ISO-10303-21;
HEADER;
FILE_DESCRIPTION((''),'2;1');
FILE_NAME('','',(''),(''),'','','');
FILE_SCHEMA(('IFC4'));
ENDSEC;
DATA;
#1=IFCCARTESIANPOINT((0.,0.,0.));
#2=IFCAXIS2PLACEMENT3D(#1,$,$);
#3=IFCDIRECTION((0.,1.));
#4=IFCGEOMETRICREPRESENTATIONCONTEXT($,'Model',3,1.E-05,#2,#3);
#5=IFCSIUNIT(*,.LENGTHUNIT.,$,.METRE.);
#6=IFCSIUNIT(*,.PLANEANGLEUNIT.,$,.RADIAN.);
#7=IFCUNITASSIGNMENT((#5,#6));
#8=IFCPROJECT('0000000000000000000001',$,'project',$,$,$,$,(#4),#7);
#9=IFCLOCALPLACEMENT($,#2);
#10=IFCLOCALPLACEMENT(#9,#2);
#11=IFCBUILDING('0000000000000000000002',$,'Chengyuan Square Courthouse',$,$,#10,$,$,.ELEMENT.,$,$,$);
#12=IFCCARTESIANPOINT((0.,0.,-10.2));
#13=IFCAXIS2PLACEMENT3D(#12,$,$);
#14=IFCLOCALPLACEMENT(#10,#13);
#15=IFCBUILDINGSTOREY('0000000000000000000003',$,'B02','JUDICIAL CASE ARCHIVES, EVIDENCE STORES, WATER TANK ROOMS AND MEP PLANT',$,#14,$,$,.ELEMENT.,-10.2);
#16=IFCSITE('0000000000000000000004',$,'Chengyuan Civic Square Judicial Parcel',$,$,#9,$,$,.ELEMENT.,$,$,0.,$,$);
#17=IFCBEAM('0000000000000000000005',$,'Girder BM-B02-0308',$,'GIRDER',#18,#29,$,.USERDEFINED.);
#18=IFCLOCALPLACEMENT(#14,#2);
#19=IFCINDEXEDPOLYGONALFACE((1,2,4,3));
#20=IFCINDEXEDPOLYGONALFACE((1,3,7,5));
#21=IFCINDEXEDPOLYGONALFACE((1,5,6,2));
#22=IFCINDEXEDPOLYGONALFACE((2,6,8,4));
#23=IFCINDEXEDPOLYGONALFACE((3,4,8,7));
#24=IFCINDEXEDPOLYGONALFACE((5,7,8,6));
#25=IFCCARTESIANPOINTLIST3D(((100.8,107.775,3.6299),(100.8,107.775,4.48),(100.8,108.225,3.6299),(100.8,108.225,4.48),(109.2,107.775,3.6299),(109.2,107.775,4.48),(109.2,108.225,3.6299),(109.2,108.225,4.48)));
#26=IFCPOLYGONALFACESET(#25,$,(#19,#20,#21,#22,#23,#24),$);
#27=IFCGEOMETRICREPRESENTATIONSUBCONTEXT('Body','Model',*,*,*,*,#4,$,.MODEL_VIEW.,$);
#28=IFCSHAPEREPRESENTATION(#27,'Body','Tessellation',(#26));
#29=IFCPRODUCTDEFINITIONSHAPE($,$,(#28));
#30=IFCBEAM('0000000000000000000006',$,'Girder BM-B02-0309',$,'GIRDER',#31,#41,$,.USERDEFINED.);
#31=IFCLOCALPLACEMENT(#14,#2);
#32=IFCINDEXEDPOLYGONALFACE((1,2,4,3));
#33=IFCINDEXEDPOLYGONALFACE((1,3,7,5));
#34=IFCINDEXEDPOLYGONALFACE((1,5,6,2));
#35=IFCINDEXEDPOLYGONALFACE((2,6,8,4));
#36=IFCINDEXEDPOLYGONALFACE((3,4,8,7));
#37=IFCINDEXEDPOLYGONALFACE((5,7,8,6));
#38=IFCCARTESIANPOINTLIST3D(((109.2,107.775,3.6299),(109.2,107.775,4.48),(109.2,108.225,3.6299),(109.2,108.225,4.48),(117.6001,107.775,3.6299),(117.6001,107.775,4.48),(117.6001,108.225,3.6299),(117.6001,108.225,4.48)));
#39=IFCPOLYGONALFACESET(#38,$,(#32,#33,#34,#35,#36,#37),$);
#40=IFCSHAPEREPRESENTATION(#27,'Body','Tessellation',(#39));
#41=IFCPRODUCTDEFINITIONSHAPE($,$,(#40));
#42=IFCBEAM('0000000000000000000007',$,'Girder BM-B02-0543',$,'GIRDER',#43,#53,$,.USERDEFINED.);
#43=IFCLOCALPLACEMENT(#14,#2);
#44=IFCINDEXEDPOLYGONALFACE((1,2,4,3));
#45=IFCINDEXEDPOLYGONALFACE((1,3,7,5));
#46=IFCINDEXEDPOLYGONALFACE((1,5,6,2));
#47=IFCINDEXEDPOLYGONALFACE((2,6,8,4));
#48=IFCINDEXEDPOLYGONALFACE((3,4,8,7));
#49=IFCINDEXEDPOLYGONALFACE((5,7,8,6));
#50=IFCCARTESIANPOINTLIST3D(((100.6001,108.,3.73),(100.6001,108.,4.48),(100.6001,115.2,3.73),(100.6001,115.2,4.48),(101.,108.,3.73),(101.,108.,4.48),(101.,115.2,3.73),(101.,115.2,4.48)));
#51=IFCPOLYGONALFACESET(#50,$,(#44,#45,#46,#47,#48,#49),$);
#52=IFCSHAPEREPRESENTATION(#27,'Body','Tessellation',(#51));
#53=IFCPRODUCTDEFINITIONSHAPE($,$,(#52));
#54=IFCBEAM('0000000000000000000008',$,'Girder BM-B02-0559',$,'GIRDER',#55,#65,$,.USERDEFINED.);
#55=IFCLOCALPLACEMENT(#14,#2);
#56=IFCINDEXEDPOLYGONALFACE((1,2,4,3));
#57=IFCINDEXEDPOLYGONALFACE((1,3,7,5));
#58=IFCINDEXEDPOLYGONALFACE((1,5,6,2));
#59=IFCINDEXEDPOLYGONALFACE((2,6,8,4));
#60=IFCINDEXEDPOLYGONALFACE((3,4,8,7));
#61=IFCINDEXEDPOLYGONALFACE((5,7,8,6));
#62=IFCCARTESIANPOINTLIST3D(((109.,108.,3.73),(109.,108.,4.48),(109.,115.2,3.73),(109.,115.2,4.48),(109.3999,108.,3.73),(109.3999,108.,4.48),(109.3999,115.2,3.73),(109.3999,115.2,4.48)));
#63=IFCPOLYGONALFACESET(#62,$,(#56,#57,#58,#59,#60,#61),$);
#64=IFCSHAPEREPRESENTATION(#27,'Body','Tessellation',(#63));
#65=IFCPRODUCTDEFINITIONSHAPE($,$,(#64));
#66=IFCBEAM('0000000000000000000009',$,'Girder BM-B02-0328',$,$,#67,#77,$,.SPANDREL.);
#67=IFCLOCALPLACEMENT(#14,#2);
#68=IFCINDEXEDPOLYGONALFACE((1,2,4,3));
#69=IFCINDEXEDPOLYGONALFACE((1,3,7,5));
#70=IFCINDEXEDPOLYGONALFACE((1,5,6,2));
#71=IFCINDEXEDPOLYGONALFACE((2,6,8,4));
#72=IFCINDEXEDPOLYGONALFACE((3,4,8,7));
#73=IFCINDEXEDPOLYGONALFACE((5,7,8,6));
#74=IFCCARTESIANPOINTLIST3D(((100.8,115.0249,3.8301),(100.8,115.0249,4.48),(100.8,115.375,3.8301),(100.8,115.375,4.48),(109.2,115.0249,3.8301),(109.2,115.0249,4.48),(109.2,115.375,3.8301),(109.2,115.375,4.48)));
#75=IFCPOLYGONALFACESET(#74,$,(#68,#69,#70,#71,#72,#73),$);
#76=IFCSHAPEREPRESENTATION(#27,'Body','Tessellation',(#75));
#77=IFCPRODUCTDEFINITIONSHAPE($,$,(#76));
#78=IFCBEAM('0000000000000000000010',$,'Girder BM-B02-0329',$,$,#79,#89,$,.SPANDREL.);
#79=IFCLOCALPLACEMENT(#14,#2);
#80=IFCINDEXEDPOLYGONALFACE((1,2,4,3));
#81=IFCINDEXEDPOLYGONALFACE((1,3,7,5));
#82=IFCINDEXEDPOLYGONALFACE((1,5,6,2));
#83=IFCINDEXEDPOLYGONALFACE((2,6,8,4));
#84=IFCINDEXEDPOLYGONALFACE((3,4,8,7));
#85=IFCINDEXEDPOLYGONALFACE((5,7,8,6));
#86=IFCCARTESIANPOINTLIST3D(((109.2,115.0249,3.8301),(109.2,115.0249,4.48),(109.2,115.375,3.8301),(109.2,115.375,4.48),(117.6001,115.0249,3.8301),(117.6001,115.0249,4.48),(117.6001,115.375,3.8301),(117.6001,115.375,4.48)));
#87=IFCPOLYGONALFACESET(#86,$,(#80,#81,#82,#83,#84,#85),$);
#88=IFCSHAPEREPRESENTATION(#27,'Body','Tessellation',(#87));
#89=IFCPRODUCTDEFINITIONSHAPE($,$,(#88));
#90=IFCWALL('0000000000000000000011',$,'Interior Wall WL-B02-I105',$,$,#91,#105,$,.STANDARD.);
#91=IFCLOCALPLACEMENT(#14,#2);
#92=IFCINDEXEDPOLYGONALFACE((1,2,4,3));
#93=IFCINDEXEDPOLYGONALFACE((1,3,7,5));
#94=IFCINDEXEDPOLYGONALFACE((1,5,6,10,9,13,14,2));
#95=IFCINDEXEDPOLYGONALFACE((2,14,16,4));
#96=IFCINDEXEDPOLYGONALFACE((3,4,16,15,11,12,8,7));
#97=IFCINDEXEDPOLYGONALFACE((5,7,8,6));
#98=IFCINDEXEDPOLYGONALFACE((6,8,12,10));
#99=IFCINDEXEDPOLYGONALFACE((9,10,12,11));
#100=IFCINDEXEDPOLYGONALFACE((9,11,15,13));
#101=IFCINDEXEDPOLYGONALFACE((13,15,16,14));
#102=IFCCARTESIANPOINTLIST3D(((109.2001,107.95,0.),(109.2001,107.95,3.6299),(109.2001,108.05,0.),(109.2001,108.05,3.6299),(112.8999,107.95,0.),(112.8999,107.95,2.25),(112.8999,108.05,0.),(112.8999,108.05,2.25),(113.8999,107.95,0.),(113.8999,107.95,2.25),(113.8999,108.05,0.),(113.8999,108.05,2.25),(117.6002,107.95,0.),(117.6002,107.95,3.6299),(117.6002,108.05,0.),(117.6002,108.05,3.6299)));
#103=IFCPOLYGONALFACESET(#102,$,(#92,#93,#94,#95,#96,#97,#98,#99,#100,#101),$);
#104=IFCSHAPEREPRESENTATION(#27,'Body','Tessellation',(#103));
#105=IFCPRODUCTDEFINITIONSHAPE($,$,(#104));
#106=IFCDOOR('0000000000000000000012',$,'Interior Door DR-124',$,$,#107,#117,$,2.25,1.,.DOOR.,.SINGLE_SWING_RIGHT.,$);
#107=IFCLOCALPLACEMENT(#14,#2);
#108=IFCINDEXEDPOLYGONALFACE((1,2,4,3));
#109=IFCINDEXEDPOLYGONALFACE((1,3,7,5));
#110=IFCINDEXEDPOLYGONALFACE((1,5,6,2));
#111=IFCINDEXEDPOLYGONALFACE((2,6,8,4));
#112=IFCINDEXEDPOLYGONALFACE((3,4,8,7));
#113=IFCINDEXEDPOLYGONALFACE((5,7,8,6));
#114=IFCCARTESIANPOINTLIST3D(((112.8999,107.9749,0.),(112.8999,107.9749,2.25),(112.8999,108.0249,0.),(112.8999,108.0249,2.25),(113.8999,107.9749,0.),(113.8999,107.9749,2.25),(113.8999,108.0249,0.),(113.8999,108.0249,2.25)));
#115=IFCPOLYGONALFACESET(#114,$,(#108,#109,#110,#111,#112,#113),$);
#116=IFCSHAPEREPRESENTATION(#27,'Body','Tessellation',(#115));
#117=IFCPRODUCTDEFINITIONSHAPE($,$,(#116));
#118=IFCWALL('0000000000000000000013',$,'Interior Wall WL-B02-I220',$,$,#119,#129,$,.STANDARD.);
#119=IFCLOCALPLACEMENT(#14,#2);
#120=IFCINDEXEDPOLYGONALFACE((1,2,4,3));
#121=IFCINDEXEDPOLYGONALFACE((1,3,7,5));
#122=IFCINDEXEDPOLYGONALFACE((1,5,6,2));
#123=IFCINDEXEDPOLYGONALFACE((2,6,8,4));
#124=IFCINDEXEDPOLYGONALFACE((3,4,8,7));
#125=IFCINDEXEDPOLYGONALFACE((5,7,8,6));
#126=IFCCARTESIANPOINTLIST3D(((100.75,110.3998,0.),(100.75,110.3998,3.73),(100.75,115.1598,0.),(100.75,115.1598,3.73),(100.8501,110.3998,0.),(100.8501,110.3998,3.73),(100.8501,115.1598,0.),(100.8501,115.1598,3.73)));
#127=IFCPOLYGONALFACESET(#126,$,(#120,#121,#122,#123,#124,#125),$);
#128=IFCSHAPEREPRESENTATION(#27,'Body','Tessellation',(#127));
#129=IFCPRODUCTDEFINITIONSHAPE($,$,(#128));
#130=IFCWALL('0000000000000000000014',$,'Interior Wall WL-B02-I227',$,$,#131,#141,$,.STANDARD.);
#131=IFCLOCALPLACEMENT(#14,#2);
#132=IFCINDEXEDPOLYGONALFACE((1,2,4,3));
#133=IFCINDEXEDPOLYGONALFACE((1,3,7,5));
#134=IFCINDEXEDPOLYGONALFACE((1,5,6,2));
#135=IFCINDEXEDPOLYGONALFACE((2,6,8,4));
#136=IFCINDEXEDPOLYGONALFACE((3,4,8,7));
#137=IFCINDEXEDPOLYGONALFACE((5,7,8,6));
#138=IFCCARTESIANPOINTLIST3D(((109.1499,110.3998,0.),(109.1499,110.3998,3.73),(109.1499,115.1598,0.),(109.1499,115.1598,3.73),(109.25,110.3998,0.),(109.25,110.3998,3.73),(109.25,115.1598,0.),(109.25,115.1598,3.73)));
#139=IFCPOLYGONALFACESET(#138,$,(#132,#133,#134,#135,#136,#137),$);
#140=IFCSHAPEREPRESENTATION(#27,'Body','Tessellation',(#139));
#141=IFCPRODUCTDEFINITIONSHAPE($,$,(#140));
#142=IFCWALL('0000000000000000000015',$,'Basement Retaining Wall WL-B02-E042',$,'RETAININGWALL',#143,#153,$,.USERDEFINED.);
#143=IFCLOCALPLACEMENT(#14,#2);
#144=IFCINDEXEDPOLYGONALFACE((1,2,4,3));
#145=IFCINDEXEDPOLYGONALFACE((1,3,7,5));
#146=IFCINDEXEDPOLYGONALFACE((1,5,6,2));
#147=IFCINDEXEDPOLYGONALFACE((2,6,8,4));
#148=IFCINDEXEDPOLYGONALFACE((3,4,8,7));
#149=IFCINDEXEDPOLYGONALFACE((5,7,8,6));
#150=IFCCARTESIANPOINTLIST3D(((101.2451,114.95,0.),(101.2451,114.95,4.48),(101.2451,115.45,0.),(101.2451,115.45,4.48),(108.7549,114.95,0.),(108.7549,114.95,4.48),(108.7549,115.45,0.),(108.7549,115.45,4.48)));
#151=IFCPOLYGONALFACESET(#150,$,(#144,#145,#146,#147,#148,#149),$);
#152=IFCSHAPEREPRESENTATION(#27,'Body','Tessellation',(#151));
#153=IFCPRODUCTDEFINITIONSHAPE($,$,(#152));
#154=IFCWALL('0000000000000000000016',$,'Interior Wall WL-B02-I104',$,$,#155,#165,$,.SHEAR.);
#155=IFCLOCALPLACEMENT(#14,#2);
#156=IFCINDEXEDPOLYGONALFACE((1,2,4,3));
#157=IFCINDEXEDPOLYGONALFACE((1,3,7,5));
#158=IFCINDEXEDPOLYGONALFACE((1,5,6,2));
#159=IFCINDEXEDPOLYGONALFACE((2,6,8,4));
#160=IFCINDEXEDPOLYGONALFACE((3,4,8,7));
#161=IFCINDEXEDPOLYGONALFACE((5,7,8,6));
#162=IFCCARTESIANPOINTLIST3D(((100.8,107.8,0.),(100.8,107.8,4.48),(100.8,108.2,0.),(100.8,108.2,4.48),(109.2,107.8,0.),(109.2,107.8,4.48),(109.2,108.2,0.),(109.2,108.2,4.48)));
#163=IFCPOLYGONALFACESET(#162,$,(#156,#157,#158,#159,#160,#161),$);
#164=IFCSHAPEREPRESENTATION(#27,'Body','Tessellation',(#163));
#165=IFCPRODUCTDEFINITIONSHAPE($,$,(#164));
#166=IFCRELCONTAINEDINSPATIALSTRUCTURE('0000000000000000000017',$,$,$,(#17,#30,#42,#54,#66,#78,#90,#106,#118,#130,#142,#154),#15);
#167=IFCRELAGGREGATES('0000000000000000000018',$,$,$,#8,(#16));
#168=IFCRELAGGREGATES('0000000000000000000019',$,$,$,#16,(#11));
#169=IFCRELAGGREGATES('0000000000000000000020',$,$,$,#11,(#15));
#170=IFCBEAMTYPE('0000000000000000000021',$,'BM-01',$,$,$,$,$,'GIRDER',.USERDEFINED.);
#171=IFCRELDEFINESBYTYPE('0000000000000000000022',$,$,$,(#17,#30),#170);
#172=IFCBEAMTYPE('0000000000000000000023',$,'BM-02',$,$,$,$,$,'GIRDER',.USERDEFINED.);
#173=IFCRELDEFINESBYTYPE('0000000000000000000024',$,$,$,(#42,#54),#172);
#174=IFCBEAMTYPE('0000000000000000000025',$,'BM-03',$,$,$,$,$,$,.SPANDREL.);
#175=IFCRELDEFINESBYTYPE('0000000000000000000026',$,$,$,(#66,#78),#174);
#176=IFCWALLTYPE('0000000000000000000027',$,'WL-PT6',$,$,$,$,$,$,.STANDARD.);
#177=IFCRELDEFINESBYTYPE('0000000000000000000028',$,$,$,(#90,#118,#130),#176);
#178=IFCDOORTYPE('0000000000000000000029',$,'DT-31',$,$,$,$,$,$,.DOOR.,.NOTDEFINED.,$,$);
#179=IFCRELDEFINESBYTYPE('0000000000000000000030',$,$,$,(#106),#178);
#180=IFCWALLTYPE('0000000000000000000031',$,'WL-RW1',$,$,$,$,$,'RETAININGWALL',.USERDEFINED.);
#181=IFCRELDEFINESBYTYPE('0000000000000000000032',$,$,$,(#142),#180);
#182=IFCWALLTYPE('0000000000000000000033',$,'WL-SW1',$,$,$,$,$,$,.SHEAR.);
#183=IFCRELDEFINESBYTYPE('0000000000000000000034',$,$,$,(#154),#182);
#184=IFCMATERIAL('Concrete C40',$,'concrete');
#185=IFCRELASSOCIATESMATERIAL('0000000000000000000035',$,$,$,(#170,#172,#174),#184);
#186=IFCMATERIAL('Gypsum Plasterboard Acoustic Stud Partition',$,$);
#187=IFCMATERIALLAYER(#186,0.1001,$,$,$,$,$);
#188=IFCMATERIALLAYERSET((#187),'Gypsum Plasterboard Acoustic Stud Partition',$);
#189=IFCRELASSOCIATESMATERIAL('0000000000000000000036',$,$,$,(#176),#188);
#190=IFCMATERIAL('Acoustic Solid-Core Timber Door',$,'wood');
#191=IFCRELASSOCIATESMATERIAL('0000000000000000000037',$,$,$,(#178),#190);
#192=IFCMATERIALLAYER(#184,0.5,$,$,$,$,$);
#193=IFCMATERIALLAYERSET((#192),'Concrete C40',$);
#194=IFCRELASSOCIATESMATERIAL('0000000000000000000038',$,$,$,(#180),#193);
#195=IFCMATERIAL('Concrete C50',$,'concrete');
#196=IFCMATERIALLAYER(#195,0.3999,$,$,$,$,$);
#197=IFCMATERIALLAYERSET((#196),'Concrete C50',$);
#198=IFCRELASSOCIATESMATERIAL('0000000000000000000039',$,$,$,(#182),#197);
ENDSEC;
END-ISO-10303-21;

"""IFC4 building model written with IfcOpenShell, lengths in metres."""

from ifc_helpers import new_model, si_unit, direction, frame, frame_2d, origin, origin_2d, place, context, subcontext, project, spatial, rectangle, extrude, material, layer, layer_set, material_profile, profile_set, type_object, element, fill, save


model = new_model("IFC4")

# Units and contexts
model_context = context("Model", 3, precision=1e-05, world=origin(), true_north=direction((0.0, 1.0)))
body_context = subcontext(model_context, "Body", "Model", "MODEL_VIEW")
ifc_project = project(units=[si_unit("LENGTHUNIT", "METRE"), si_unit("PLANEANGLEUNIT", "RADIAN")], contexts=[model_context])

# Site, building, storey
site_placement = place(None, origin())
site = spatial("IfcSite", under=ifc_project, at=site_placement, Name="Chengyuan Civic Square Judicial Parcel", CompositionType="ELEMENT", RefElevation=0.0)
building_placement = place(site_placement, origin())
building = spatial("IfcBuilding", under=site, at=building_placement, Name="Chengyuan Square Courthouse", CompositionType="ELEMENT")
storey_placement = place(building_placement, frame((0.0, 0.0, -10.2)))
storey = spatial("IfcBuildingStorey", under=building, at=storey_placement, Name="B02", Description="JUDICIAL CASE ARCHIVES, EVIDENCE STORES, WATER TANK ROOMS AND MEP PLANT", CompositionType="ELEMENT", Elevation=-10.2)

# Shared definitions
ifc_material_1 = material(Name="Concrete C40", Category="concrete")

# Shared definitions
ifc_material_2 = material(Name="Concrete C50", Category="concrete")

# Beams
ifc_material_profile_1 = material_profile(ifc_material_1, rectangle(XDim=0.45, YDim=0.8501, at=origin_2d()), Name="RC-BM-450x850")
ifc_profile_set_1 = profile_set([ifc_material_profile_1], Name="Concrete C40")
beam_type_1 = type_object("IfcBeamType", Name="BM-01", ElementType="GIRDER", PredefinedType="USERDEFINED", material=ifc_profile_set_1)
beam_1_placement = place(storey_placement, frame((100.8, 108.0, 4.0549), z_axis=(1.0, 0.0, 0.0), x_axis=(0.0, 1.0, 0.0)))
element("IfcBeam", 1, at=beam_1_placement, inside=storey, type_object=beam_type_1, Name="Girder BM-B02-0308", ObjectType="GIRDER", PredefinedType="USERDEFINED", context=body_context, shape_type="SweptSolid", body=[
    extrude(rectangle(XDim=0.45, YDim=0.8501, at=origin_2d()), origin(), (0.0, 0.0, 1.0), 8.3999),
])
beam_2_placement = place(storey_placement, frame((109.2, 108.0, 4.0549), z_axis=(1.0, 0.0, 0.0), x_axis=(0.0, 1.0, 0.0)))
element("IfcBeam", 2, at=beam_2_placement, inside=storey, type_object=beam_type_1, Name="Girder BM-B02-0309", ObjectType="GIRDER", PredefinedType="USERDEFINED", context=body_context, shape_type="SweptSolid", body=[
    extrude(rectangle(XDim=0.45, YDim=0.8501, at=origin_2d()), origin(), (0.0, 0.0, 1.0), 8.4001),
])
ifc_material_profile_2 = material_profile(ifc_material_1, rectangle(XDim=0.3999, YDim=0.75, at=origin_2d()), Name="RC-BM-400x750")
ifc_profile_set_2 = profile_set([ifc_material_profile_2], Name="Concrete C40")
beam_type_2 = type_object("IfcBeamType", Name="BM-02", ElementType="GIRDER", PredefinedType="USERDEFINED", material=ifc_profile_set_2)
for number, where, z_axis, x_axis, name in (
    (3, (100.8, 108.0, 4.105), (0.0, 1.0, 0.0), (-1.0, 0.0, 0.0), "Girder BM-B02-0543"),
    (4, (109.2, 108.0, 4.105), (0.0, 1.0, 0.0), (-1.0, 0.0, 0.0), "Girder BM-B02-0559"),
):
    element("IfcBeam", number, at=place(storey_placement, frame(where, z_axis=z_axis, x_axis=x_axis)), inside=storey, type_object=beam_type_2, Name=name, ObjectType="GIRDER", PredefinedType="USERDEFINED", context=body_context, shape_type="SweptSolid", body=[
        extrude(rectangle(XDim=0.3999, YDim=0.75, at=origin_2d()), origin(), (0.0, 0.0, 1.0), 7.2),
    ])
ifc_material_profile_3 = material_profile(ifc_material_1, rectangle(XDim=0.3501, YDim=0.6499, at=origin_2d()), Name="RC-BM-350x650")
ifc_profile_set_3 = profile_set([ifc_material_profile_3], Name="Concrete C40")
beam_type_3 = type_object("IfcBeamType", Name="BM-03", PredefinedType="SPANDREL", material=ifc_profile_set_3)
beam_3_placement = place(storey_placement, frame((100.8, 115.2, 4.155), z_axis=(1.0, 0.0, 0.0), x_axis=(0.0, 1.0, 0.0)))
element("IfcBeam", 5, at=beam_3_placement, inside=storey, type_object=beam_type_3, Name="Girder BM-B02-0328", PredefinedType="SPANDREL", context=body_context, shape_type="SweptSolid", body=[
    extrude(rectangle(XDim=0.3501, YDim=0.6499, at=origin_2d()), origin(), (0.0, 0.0, 1.0), 8.3999),
])
beam_4_placement = place(storey_placement, frame((109.2, 115.2, 4.155), z_axis=(1.0, 0.0, 0.0), x_axis=(0.0, 1.0, 0.0)))
element("IfcBeam", 6, at=beam_4_placement, inside=storey, type_object=beam_type_3, Name="Girder BM-B02-0329", PredefinedType="SPANDREL", context=body_context, shape_type="SweptSolid", body=[
    extrude(rectangle(XDim=0.3501, YDim=0.6499, at=origin_2d()), origin(), (0.0, 0.0, 1.0), 8.4001),
])

# Wall, opening, door
ifc_material_3 = material(Name="Gypsum Plasterboard Acoustic Stud Partition")
ifc_layer_1 = layer(ifc_material_3, 0.1001)
ifc_layer_set_1 = layer_set([ifc_layer_1], Name="Gypsum Plasterboard Acoustic Stud Partition")
wall_type_1 = type_object("IfcWallType", Name="WL-PT6", PredefinedType="STANDARD", material=ifc_layer_set_1)
wall_1_placement = place(storey_placement, frame((109.2, 108.0, 0.0), z_axis=(0.0, 0.0, 1.0), x_axis=(1.0, 0.0, 0.0)))
wall_1 = element("IfcWall", 7, at=wall_1_placement, inside=storey, type_object=wall_type_1, Name="Interior Wall WL-B02-I105", PredefinedType="STANDARD", context=body_context, shape_type="SweptSolid", body=[
    extrude(rectangle(XDim=8.4001, YDim=0.1001, at=frame_2d((4.2002, 0.0))), origin(), (0.0, 0.0, 1.0), 3.6299),
])
opening_placement = place(wall_1_placement, frame((3.7, 0.0, 0.0)))
opening = element("IfcOpeningElement", 8, at=opening_placement, cuts=wall_1, PredefinedType="OPENING", context=body_context, shape_type="SweptSolid", body=[
    extrude(rectangle(XDim=1.0, YDim=2.25, at=frame_2d((0.5, 1.125))), frame((0.0, 0.062, 0.0), z_axis=(0.0, -1.0, 0.0), x_axis=(1.0, 0.0, 0.0)), (0.0, 0.0, 1.0), 0.124),
])
ifc_material_4 = material(Name="Acoustic Solid-Core Timber Door", Category="wood")
door_type = type_object("IfcDoorType", Name="DT-31", OperationType="NOTDEFINED", PredefinedType="DOOR", material=ifc_material_4)
door_placement = place(opening_placement, origin())
door = element("IfcDoor", 9, at=door_placement, inside=storey, type_object=door_type, Name="Interior Door DR-124", OperationType="SINGLE_SWING_RIGHT", OverallHeight=2.25, OverallWidth=1.0, PredefinedType="DOOR", context=body_context, shape_type="SweptSolid", body=[
    extrude(rectangle(XDim=1.0, YDim=2.25, at=frame_2d((0.5, 1.125))), frame((0.0, 0.0249, 0.0), z_axis=(0.0, -1.0, 0.0), x_axis=(1.0, 0.0, 0.0)), (0.0, 0.0, 1.0), 0.05),
])
fill(opening, door)

# Walls
for number, where, z_axis, x_axis, name in (
    (10, (100.8, 110.3999, 0.0), (0.0, 0.0, 1.0), (0.0, 1.0, 0.0), "Interior Wall WL-B02-I220"),
    (11, (109.2, 110.3999, 0.0), (0.0, 0.0, 1.0), (0.0, 1.0, 0.0), "Interior Wall WL-B02-I227"),
):
    element("IfcWall", number, at=place(storey_placement, frame(where, z_axis=z_axis, x_axis=x_axis)), inside=storey, type_object=wall_type_1, Name=name, PredefinedType="STANDARD", context=body_context, shape_type="SweptSolid", body=[
        extrude(rectangle(XDim=4.76, YDim=0.1001, at=frame_2d((2.3799, 0.0))), origin(), (0.0, 0.0, 1.0), 3.73),
    ])
ifc_layer_2 = layer(ifc_material_1, 0.5)
ifc_layer_set_2 = layer_set([ifc_layer_2], Name="Concrete C40")
wall_type_2 = type_object("IfcWallType", Name="WL-RW1", ElementType="RETAININGWALL", PredefinedType="USERDEFINED", material=ifc_layer_set_2)
wall_2_placement = place(storey_placement, frame((101.2451, 115.2, 0.0), z_axis=(0.0, 0.0, 1.0), x_axis=(1.0, 0.0, 0.0)))
element("IfcWall", 12, at=wall_2_placement, inside=storey, type_object=wall_type_2, Name="Basement Retaining Wall WL-B02-E042", ObjectType="RETAININGWALL", PredefinedType="USERDEFINED", context=body_context, shape_type="SweptSolid", body=[
    extrude(rectangle(XDim=7.5098, YDim=0.5, at=frame_2d((3.7549, 0.0))), origin(), (0.0, 0.0, 1.0), 4.48),
])
ifc_layer_3 = layer(ifc_material_2, 0.3999)
ifc_layer_set_3 = layer_set([ifc_layer_3], Name="Concrete C50")
wall_type_3 = type_object("IfcWallType", Name="WL-SW1", PredefinedType="SHEAR", material=ifc_layer_set_3)
wall_3_placement = place(storey_placement, frame((100.8, 108.0, 0.0), z_axis=(0.0, 0.0, 1.0), x_axis=(1.0, 0.0, 0.0)))
element("IfcWall", 13, at=wall_3_placement, inside=storey, type_object=wall_type_3, Name="Interior Wall WL-B02-I104", PredefinedType="SHEAR", context=body_context, shape_type="SweptSolid", body=[
    extrude(rectangle(XDim=8.3999, YDim=0.3999, at=frame_2d((4.2, 0.0))), origin(), (0.0, 0.0, 1.0), 4.48),
])

save(model, "model.ifc")
